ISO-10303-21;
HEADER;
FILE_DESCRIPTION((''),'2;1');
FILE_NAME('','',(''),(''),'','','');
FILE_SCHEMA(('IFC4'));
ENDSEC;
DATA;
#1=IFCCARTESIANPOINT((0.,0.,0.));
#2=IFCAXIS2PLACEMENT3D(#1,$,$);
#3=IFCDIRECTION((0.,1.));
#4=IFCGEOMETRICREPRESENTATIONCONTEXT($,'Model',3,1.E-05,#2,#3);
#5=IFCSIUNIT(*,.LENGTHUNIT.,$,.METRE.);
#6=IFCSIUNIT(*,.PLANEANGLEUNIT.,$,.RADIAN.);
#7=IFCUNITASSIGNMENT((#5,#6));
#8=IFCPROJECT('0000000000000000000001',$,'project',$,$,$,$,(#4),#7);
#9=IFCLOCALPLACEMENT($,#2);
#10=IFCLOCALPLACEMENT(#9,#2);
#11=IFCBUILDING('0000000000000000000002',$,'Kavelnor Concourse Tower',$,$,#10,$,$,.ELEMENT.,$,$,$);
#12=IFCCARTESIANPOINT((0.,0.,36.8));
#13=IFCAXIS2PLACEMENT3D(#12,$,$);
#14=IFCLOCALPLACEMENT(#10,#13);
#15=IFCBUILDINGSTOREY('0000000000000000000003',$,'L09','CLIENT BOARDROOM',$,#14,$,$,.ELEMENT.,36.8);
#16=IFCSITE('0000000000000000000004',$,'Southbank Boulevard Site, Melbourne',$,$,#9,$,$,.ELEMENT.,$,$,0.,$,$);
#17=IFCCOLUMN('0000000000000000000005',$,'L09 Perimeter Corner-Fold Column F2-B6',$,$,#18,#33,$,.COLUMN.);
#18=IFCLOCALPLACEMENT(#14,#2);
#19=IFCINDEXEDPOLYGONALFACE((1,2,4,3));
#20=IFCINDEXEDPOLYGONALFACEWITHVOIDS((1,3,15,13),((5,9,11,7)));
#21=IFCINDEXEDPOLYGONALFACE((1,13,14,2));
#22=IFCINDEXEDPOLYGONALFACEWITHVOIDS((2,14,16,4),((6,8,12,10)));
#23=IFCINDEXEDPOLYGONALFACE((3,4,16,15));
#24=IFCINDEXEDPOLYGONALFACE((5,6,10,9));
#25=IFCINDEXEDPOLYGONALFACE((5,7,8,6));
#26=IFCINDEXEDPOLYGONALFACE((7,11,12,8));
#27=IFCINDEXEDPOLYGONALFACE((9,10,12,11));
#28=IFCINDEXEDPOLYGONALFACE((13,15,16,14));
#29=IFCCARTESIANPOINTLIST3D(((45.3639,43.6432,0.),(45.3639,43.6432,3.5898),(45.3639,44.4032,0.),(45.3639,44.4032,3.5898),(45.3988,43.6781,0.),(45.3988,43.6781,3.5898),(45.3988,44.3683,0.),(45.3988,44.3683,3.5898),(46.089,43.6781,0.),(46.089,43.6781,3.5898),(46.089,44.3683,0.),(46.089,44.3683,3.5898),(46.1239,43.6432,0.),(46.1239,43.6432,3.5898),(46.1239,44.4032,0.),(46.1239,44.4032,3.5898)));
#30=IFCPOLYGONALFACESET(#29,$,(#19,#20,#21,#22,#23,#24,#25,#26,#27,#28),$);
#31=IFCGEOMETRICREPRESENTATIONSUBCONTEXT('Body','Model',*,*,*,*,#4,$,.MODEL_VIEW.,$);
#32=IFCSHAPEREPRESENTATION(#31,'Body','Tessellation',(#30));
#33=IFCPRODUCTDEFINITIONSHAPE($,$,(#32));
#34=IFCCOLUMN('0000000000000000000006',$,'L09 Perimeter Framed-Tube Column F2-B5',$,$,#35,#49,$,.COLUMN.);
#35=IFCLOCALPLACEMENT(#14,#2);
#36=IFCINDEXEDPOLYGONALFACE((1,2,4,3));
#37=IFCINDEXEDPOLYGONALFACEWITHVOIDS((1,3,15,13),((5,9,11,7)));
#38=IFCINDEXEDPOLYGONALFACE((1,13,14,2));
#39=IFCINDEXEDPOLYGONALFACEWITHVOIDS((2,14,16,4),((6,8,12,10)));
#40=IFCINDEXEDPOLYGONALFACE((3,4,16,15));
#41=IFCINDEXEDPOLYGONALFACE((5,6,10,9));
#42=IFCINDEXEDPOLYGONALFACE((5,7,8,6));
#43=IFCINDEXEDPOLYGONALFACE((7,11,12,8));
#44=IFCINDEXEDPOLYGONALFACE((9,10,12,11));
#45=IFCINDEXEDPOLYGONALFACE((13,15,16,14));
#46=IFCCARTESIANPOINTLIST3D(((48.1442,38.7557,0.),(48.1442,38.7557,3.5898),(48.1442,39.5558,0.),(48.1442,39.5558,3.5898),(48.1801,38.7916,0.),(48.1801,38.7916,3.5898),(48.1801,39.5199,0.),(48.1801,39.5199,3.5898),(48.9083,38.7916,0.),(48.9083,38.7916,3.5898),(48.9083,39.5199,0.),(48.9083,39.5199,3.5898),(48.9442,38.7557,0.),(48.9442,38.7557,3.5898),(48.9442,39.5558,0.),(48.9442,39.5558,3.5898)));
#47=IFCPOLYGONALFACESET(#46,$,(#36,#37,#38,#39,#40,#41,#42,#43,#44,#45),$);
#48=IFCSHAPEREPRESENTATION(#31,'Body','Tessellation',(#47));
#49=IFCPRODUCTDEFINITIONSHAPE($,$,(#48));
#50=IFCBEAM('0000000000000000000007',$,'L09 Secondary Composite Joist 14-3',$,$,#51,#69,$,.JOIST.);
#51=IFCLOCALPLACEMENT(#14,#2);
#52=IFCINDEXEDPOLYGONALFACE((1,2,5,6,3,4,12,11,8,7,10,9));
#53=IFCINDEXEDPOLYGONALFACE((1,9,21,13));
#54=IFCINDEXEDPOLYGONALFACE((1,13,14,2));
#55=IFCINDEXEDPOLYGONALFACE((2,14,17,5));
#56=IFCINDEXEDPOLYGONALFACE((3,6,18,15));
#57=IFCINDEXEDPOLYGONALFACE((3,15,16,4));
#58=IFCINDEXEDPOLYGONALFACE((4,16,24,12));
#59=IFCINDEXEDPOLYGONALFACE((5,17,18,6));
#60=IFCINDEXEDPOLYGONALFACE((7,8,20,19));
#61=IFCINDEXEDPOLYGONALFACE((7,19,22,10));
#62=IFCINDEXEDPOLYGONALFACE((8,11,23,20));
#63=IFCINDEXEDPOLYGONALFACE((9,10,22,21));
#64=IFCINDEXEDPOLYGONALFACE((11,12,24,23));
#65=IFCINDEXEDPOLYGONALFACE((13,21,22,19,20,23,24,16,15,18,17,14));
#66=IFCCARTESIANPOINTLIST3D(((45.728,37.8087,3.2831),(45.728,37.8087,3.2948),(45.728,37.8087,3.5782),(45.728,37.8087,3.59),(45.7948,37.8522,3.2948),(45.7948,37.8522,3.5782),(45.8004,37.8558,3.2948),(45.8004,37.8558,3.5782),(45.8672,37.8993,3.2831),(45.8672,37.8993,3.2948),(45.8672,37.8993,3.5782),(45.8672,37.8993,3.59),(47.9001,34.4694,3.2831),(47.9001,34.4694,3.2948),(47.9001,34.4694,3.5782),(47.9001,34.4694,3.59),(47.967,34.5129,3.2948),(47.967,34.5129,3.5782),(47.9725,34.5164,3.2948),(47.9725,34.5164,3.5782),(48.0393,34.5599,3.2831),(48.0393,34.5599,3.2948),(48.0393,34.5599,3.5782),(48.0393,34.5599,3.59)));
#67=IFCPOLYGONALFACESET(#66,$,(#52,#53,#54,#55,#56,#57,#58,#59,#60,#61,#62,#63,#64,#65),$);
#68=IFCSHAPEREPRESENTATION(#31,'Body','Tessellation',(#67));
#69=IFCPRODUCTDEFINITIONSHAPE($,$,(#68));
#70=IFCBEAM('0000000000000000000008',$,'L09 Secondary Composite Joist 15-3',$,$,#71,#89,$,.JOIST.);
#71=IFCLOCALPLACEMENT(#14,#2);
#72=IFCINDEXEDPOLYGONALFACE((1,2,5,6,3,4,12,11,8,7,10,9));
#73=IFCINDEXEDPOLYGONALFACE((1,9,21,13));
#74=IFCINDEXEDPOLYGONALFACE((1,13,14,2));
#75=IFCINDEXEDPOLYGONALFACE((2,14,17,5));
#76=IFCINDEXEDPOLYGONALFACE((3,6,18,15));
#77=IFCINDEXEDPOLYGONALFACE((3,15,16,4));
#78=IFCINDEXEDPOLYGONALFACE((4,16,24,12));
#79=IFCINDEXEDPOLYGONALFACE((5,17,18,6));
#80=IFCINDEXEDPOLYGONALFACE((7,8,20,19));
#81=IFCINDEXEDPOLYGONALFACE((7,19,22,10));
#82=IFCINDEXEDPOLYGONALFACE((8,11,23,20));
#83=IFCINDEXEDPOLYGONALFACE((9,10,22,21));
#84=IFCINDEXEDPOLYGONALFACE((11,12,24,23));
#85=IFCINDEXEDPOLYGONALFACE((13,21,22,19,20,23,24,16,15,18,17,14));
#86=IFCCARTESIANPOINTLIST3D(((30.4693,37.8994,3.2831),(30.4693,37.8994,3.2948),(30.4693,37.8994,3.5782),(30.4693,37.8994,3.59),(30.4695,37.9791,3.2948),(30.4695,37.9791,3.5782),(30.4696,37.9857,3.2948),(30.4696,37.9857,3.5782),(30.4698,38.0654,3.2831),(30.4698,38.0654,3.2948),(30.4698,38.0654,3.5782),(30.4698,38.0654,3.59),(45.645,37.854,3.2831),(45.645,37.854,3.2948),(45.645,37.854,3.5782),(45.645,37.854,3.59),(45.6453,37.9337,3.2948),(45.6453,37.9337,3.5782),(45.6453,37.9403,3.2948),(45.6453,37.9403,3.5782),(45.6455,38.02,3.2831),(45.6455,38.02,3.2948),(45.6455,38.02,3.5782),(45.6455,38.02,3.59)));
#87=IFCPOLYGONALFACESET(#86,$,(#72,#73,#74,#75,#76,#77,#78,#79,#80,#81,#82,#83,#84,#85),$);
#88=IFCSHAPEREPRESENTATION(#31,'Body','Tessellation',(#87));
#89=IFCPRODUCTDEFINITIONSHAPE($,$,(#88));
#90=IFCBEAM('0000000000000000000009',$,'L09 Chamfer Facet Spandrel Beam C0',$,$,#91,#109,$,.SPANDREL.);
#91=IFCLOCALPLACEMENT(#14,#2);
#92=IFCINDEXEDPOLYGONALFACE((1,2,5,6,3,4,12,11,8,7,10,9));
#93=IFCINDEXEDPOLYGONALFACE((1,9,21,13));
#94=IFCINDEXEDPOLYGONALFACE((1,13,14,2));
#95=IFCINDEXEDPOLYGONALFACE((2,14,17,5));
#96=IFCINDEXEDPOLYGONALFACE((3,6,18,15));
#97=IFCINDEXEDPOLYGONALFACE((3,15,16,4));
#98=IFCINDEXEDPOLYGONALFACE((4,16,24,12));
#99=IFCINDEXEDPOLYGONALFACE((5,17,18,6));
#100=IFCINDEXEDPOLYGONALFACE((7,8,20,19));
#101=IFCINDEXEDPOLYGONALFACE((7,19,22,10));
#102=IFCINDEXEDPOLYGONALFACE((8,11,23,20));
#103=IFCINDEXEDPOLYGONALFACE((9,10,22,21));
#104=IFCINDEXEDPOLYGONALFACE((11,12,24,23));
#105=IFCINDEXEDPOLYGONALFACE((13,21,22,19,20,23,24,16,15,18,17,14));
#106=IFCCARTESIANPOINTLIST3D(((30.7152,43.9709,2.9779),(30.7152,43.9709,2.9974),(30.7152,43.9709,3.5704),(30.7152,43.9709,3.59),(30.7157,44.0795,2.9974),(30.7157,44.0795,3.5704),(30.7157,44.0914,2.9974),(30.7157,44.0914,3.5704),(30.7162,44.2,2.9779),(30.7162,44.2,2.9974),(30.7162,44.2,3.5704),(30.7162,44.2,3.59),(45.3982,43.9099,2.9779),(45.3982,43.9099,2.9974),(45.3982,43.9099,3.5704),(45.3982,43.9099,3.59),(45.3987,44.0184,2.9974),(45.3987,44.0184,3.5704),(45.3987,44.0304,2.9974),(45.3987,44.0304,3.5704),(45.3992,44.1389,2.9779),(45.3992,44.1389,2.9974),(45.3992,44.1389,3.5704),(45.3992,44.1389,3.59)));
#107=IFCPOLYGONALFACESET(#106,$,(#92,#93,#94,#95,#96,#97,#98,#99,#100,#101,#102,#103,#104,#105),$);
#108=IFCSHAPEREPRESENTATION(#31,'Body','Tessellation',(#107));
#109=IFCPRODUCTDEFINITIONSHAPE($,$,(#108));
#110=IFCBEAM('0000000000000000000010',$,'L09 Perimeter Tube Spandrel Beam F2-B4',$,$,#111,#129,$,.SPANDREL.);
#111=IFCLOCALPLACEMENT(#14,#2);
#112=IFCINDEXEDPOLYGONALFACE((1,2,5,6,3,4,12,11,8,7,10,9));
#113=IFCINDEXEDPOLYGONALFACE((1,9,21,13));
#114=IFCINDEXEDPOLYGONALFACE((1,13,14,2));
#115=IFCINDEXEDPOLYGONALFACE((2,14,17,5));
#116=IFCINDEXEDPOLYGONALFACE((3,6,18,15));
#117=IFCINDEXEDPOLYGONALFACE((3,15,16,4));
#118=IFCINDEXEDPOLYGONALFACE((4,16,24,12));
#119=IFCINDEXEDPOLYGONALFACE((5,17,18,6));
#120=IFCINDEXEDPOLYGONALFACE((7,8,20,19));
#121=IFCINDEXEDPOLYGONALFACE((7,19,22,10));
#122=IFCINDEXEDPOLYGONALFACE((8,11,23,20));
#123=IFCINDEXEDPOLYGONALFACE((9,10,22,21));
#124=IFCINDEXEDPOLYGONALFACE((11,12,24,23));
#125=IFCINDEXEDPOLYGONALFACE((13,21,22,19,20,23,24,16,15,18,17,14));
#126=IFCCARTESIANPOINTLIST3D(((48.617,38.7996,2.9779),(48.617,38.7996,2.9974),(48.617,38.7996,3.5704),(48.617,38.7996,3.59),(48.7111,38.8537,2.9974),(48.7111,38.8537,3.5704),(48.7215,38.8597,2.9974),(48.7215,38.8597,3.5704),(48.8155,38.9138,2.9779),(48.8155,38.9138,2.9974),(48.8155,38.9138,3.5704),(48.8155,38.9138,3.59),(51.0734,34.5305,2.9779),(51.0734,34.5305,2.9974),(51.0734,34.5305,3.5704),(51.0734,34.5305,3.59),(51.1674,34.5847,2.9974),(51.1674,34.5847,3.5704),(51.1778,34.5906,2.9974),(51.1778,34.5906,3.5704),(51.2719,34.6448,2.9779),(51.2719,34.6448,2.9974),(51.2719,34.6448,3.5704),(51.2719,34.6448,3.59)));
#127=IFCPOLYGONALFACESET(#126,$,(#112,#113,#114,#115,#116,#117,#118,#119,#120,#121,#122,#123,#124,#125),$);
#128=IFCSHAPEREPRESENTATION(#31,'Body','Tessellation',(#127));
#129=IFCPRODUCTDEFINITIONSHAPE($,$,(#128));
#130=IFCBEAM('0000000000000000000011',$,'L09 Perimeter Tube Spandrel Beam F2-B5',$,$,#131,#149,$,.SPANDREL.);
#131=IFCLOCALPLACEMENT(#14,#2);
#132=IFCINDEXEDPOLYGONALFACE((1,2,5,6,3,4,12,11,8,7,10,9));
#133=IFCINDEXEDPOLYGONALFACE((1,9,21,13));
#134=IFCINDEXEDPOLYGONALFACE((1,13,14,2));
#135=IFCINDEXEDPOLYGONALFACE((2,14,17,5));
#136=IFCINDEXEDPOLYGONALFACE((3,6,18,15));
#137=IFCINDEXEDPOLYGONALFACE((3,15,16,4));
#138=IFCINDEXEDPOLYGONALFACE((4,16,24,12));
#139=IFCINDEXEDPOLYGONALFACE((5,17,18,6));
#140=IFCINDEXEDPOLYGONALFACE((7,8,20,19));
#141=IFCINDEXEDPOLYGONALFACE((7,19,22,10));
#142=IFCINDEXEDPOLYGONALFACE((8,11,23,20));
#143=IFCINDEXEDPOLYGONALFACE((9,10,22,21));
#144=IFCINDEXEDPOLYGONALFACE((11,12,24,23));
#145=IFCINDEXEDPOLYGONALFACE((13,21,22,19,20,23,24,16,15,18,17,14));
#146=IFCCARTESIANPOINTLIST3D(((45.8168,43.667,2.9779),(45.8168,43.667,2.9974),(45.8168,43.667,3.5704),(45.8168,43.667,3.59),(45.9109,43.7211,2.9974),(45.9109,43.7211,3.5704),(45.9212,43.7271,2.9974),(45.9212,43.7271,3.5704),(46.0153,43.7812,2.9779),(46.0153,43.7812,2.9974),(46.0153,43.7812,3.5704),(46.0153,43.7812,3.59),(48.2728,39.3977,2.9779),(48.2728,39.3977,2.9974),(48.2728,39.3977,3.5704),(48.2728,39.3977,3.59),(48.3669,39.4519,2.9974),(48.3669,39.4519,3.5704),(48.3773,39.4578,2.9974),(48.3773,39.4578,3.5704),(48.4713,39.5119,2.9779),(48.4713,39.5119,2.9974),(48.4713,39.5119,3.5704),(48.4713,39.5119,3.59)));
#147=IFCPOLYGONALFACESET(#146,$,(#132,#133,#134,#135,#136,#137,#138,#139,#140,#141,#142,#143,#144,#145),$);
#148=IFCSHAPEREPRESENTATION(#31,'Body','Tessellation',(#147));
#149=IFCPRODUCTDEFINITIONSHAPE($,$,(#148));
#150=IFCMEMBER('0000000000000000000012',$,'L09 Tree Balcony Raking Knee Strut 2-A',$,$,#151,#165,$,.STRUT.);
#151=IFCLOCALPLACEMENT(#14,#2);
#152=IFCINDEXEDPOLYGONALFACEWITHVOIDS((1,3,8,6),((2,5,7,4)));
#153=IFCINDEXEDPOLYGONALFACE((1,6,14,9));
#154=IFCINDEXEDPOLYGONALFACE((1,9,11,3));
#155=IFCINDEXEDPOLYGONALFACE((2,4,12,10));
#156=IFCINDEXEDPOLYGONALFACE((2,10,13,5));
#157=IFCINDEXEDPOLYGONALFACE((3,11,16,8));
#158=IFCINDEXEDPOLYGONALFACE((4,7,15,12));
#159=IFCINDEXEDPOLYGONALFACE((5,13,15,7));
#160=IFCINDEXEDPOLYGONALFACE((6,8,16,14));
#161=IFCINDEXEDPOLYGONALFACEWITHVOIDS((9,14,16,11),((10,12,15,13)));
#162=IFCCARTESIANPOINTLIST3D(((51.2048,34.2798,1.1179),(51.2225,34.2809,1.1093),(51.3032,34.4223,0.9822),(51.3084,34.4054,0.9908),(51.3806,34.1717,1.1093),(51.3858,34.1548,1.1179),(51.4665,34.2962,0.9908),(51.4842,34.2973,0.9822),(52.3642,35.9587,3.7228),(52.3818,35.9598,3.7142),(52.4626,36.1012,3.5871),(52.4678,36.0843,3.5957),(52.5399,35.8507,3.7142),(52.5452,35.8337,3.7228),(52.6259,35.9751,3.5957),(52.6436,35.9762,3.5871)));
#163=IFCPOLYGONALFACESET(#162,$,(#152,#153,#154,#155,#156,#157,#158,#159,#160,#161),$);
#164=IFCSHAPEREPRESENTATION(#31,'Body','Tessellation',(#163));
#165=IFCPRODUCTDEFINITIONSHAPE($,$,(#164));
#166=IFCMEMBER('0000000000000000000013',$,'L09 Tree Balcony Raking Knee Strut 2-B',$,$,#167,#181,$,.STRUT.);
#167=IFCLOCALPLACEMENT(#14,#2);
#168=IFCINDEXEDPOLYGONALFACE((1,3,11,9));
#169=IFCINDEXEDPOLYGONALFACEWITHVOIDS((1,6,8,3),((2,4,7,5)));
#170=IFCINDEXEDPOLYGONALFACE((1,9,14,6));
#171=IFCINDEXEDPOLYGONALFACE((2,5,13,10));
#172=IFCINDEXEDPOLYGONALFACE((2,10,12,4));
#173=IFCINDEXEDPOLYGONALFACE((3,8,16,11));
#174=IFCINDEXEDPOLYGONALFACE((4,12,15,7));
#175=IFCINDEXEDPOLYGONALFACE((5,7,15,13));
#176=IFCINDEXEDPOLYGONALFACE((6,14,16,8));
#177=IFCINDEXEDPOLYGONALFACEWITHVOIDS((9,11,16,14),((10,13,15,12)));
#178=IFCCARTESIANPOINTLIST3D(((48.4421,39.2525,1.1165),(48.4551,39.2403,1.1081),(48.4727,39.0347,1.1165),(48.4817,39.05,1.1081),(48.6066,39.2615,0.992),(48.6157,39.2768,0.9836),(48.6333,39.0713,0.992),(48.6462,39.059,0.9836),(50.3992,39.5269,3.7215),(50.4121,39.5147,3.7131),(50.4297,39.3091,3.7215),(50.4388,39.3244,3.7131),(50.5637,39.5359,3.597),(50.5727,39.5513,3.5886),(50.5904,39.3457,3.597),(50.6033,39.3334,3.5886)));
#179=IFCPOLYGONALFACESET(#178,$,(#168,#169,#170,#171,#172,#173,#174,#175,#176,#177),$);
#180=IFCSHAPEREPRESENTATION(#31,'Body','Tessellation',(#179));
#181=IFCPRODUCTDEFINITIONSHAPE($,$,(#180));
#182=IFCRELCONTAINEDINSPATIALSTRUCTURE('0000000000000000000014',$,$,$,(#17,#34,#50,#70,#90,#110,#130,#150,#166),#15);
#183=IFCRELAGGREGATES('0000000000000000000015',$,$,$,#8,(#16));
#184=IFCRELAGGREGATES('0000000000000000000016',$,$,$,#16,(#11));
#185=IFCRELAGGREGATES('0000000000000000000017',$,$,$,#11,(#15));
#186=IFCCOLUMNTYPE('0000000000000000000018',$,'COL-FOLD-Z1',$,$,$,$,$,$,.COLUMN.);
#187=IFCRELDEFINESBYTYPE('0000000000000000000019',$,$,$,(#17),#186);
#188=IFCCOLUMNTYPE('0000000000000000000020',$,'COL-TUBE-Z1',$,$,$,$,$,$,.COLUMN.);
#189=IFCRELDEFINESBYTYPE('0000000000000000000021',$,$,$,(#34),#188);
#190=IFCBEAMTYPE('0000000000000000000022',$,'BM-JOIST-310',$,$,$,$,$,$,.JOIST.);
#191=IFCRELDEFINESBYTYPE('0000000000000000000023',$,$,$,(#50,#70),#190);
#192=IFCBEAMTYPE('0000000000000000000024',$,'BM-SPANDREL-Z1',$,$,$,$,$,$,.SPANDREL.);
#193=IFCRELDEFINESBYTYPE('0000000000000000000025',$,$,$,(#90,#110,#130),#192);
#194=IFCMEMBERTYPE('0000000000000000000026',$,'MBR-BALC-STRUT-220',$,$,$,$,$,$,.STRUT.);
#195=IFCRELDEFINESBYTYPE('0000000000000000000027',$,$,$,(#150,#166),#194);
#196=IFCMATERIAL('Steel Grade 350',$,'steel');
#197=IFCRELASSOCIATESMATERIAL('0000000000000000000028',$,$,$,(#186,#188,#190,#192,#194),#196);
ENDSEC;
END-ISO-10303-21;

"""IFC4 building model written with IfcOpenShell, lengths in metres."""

from ifc_helpers import new_model, si_unit, direction, frame, origin, origin_2d, place, context, subcontext, project, spatial, hollow_rectangle, i_section, extrude, material, material_profile, profile_set, type_object, element, save


model = new_model("IFC4")

# Units and contexts
model_context = context("Model", 3, precision=1e-05, world=origin(), true_north=direction((0.0, 1.0)))
body_context = subcontext(model_context, "Body", "Model", "MODEL_VIEW")
ifc_project = project(units=[si_unit("LENGTHUNIT", "METRE"), si_unit("PLANEANGLEUNIT", "RADIAN")], contexts=[model_context])

# Site, building, storey
site_placement = place(None, origin())
site = spatial("IfcSite", under=ifc_project, at=site_placement, Name="Southbank Boulevard Site, Melbourne", CompositionType="ELEMENT", RefElevation=0.0)
building_placement = place(site_placement, origin())
building = spatial("IfcBuilding", under=site, at=building_placement, Name="Kavelnor Concourse Tower", CompositionType="ELEMENT")
storey_placement = place(building_placement, frame((0.0, 0.0, 36.8)))
storey = spatial("IfcBuildingStorey", under=building, at=storey_placement, Name="L09", Description="CLIENT BOARDROOM", CompositionType="ELEMENT", Elevation=36.8)

# Columns
ifc_material_1 = material(Name="Steel Grade 350", Category="steel")
ifc_material_profile_1 = material_profile(ifc_material_1, hollow_rectangle(XDim=0.76, YDim=0.76, WallThickness=0.0349, at=origin_2d()), Name="SHS 760x760x35")
ifc_profile_set_1 = profile_set([ifc_material_profile_1], Name="Steel Grade 350")
column_type_1 = type_object("IfcColumnType", Name="COL-FOLD-Z1", PredefinedType="COLUMN", material=ifc_profile_set_1)
column_1_placement = place(storey_placement, frame((45.7439, 44.0232, 0.0), z_axis=(0.0, 0.0, 1.0), x_axis=(1.0, 0.0, 0.0)))
element("IfcColumn", 1, at=column_1_placement, inside=storey, type_object=column_type_1, Name="L09 Perimeter Corner-Fold Column F2-B6", PredefinedType="COLUMN", context=body_context, shape_type="SweptSolid", body=[
    extrude(hollow_rectangle(XDim=0.76, YDim=0.76, WallThickness=0.0349, at=origin_2d()), origin(), (0.0, 0.0, 1.0), 3.5898),
])
ifc_material_profile_2 = material_profile(ifc_material_1, hollow_rectangle(XDim=0.8, YDim=0.8, WallThickness=0.0359, at=origin_2d()), Name="SHS 800x800x36")
ifc_profile_set_2 = profile_set([ifc_material_profile_2], Name="Steel Grade 350")
column_type_2 = type_object("IfcColumnType", Name="COL-TUBE-Z1", PredefinedType="COLUMN", material=ifc_profile_set_2)
column_2_placement = place(storey_placement, frame((48.5442, 39.1558, 0.0), z_axis=(0.0, 0.0, 1.0), x_axis=(1.0, 0.0, 0.0)))
element("IfcColumn", 2, at=column_2_placement, inside=storey, type_object=column_type_2, Name="L09 Perimeter Framed-Tube Column F2-B5", PredefinedType="COLUMN", context=body_context, shape_type="SweptSolid", body=[
    extrude(hollow_rectangle(XDim=0.8, YDim=0.8, WallThickness=0.0359, at=origin_2d()), origin(), (0.0, 0.0, 1.0), 3.5898),
])

# Beams
ifc_material_profile_3 = material_profile(ifc_material_1, i_section(OverallWidth=0.166, OverallDepth=0.3069, WebThickness=0.0066, FlangeThickness=0.0117, at=origin_2d()), Name="310UB46")
ifc_profile_set_3 = profile_set([ifc_material_profile_3], Name="Steel Grade 350")
beam_type_1 = type_object("IfcBeamType", Name="BM-JOIST-310", PredefinedType="JOIST", material=ifc_profile_set_3)
beam_1_placement = place(storey_placement, frame((47.9697, 34.5146, 3.4365), z_axis=(-0.54526, 0.838267, 0.0), x_axis=(-0.838267, -0.54526, 0.0)))
element("IfcBeam", 3, at=beam_1_placement, inside=storey, type_object=beam_type_1, Name="L09 Secondary Composite Joist 14-3", PredefinedType="JOIST", context=body_context, shape_type="SweptSolid", body=[
    extrude(i_section(OverallWidth=0.166, OverallDepth=0.3069, WebThickness=0.0066, FlangeThickness=0.0117, at=origin_2d()), origin(), (0.0, 0.0, 1.0), 3.9836),
])
beam_2_placement = place(storey_placement, frame((45.6453, 37.937, 3.4365), z_axis=(-0.999996, 0.002992, 0.0), x_axis=(-0.002992, -0.999996, 0.0)))
element("IfcBeam", 4, at=beam_2_placement, inside=storey, type_object=beam_type_1, Name="L09 Secondary Composite Joist 15-3", PredefinedType="JOIST", context=body_context, shape_type="SweptSolid", body=[
    extrude(i_section(OverallWidth=0.166, OverallDepth=0.3069, WebThickness=0.0066, FlangeThickness=0.0117, at=origin_2d()), origin(), (0.0, 0.0, 1.0), 15.1758),
])
ifc_material_profile_4 = material_profile(ifc_material_1, i_section(OverallWidth=0.229, OverallDepth=0.6121, WebThickness=0.012, FlangeThickness=0.0195, at=origin_2d()), Name="610UB125")
ifc_profile_set_4 = profile_set([ifc_material_profile_4], Name="Steel Grade 350")
beam_type_2 = type_object("IfcBeamType", Name="BM-SPANDREL-Z1", PredefinedType="SPANDREL", material=ifc_profile_set_4)
beam_3_placement = place(storey_placement, frame((45.3987, 44.0244, 3.2839), z_axis=(-0.999991, 0.004157, 0.0), x_axis=(-0.004157, -0.999991, 0.0)))
element("IfcBeam", 5, at=beam_3_placement, inside=storey, type_object=beam_type_2, Name="L09 Chamfer Facet Spandrel Beam C0", PredefinedType="SPANDREL", context=body_context, shape_type="SweptSolid", body=[
    extrude(i_section(OverallWidth=0.229, OverallDepth=0.6121, WebThickness=0.012, FlangeThickness=0.0195, at=origin_2d()), origin(), (0.0, 0.0, 1.0), 14.6831),
])
for number, where, z_axis, x_axis, name in (
    (6, (51.1726, 34.5876, 3.2839), (-0.498715, 0.866766, 0.0), (-0.866766, -0.498715, 0.0), "L09 Perimeter Tube Spandrel Beam F2-B4"),
    (7, (48.3721, 39.4548, 3.2839), (-0.498656, 0.8668, 0.0), (-0.8668, -0.498656, 0.0), "L09 Perimeter Tube Spandrel Beam F2-B5"),
):
    element("IfcBeam", number, at=place(storey_placement, frame(where, z_axis=z_axis, x_axis=x_axis)), inside=storey, type_object=beam_type_2, Name=name, PredefinedType="SPANDREL", context=body_context, shape_type="SweptSolid", body=[
        extrude(i_section(OverallWidth=0.229, OverallDepth=0.6121, WebThickness=0.012, FlangeThickness=0.0195, at=origin_2d()), origin(), (0.0, 0.0, 1.0), 4.9253),
    ])

# Members
ifc_material_profile_5 = material_profile(ifc_material_1, hollow_rectangle(XDim=0.22, YDim=0.22, WallThickness=0.0139, at=origin_2d()), Name="SHS 220x220x14")
ifc_profile_set_5 = profile_set([ifc_material_profile_5], Name="Steel Grade 350")
member_type = type_object("IfcMemberType", Name="MBR-BALC-STRUT-220", PredefinedType="STRUT", material=ifc_profile_set_5)
member_1_placement = place(storey_placement, frame((51.3445, 34.2886, 1.05), z_axis=(0.350391, 0.5074, 0.787256), x_axis=(-0.822864, 0.568239, 0.0)))
element("IfcMember", 8, at=member_1_placement, inside=storey, type_object=member_type, Name="L09 Tree Balcony Raking Knee Strut 2-A", PredefinedType="STRUT", context=body_context, shape_type="SweptSolid", body=[
    extrude(hollow_rectangle(XDim=0.22, YDim=0.22, WallThickness=0.0139, at=origin_2d()), origin(), (0.0, 0.0, 1.0), 3.3088),
])
member_2_placement = place(storey_placement, frame((48.5442, 39.1558, 1.05), z_axis=(0.598528, 0.083925, 0.796694), x_axis=(-0.138861, 0.990312, 0.0)))
element("IfcMember", 9, at=member_2_placement, inside=storey, type_object=member_type, Name="L09 Tree Balcony Raking Knee Strut 2-B", PredefinedType="STRUT", context=body_context, shape_type="SweptSolid", body=[
    extrude(hollow_rectangle(XDim=0.22, YDim=0.22, WallThickness=0.0139, at=origin_2d()), origin(), (0.0, 0.0, 1.0), 3.2698),
])

save(model, "model.ifc")
